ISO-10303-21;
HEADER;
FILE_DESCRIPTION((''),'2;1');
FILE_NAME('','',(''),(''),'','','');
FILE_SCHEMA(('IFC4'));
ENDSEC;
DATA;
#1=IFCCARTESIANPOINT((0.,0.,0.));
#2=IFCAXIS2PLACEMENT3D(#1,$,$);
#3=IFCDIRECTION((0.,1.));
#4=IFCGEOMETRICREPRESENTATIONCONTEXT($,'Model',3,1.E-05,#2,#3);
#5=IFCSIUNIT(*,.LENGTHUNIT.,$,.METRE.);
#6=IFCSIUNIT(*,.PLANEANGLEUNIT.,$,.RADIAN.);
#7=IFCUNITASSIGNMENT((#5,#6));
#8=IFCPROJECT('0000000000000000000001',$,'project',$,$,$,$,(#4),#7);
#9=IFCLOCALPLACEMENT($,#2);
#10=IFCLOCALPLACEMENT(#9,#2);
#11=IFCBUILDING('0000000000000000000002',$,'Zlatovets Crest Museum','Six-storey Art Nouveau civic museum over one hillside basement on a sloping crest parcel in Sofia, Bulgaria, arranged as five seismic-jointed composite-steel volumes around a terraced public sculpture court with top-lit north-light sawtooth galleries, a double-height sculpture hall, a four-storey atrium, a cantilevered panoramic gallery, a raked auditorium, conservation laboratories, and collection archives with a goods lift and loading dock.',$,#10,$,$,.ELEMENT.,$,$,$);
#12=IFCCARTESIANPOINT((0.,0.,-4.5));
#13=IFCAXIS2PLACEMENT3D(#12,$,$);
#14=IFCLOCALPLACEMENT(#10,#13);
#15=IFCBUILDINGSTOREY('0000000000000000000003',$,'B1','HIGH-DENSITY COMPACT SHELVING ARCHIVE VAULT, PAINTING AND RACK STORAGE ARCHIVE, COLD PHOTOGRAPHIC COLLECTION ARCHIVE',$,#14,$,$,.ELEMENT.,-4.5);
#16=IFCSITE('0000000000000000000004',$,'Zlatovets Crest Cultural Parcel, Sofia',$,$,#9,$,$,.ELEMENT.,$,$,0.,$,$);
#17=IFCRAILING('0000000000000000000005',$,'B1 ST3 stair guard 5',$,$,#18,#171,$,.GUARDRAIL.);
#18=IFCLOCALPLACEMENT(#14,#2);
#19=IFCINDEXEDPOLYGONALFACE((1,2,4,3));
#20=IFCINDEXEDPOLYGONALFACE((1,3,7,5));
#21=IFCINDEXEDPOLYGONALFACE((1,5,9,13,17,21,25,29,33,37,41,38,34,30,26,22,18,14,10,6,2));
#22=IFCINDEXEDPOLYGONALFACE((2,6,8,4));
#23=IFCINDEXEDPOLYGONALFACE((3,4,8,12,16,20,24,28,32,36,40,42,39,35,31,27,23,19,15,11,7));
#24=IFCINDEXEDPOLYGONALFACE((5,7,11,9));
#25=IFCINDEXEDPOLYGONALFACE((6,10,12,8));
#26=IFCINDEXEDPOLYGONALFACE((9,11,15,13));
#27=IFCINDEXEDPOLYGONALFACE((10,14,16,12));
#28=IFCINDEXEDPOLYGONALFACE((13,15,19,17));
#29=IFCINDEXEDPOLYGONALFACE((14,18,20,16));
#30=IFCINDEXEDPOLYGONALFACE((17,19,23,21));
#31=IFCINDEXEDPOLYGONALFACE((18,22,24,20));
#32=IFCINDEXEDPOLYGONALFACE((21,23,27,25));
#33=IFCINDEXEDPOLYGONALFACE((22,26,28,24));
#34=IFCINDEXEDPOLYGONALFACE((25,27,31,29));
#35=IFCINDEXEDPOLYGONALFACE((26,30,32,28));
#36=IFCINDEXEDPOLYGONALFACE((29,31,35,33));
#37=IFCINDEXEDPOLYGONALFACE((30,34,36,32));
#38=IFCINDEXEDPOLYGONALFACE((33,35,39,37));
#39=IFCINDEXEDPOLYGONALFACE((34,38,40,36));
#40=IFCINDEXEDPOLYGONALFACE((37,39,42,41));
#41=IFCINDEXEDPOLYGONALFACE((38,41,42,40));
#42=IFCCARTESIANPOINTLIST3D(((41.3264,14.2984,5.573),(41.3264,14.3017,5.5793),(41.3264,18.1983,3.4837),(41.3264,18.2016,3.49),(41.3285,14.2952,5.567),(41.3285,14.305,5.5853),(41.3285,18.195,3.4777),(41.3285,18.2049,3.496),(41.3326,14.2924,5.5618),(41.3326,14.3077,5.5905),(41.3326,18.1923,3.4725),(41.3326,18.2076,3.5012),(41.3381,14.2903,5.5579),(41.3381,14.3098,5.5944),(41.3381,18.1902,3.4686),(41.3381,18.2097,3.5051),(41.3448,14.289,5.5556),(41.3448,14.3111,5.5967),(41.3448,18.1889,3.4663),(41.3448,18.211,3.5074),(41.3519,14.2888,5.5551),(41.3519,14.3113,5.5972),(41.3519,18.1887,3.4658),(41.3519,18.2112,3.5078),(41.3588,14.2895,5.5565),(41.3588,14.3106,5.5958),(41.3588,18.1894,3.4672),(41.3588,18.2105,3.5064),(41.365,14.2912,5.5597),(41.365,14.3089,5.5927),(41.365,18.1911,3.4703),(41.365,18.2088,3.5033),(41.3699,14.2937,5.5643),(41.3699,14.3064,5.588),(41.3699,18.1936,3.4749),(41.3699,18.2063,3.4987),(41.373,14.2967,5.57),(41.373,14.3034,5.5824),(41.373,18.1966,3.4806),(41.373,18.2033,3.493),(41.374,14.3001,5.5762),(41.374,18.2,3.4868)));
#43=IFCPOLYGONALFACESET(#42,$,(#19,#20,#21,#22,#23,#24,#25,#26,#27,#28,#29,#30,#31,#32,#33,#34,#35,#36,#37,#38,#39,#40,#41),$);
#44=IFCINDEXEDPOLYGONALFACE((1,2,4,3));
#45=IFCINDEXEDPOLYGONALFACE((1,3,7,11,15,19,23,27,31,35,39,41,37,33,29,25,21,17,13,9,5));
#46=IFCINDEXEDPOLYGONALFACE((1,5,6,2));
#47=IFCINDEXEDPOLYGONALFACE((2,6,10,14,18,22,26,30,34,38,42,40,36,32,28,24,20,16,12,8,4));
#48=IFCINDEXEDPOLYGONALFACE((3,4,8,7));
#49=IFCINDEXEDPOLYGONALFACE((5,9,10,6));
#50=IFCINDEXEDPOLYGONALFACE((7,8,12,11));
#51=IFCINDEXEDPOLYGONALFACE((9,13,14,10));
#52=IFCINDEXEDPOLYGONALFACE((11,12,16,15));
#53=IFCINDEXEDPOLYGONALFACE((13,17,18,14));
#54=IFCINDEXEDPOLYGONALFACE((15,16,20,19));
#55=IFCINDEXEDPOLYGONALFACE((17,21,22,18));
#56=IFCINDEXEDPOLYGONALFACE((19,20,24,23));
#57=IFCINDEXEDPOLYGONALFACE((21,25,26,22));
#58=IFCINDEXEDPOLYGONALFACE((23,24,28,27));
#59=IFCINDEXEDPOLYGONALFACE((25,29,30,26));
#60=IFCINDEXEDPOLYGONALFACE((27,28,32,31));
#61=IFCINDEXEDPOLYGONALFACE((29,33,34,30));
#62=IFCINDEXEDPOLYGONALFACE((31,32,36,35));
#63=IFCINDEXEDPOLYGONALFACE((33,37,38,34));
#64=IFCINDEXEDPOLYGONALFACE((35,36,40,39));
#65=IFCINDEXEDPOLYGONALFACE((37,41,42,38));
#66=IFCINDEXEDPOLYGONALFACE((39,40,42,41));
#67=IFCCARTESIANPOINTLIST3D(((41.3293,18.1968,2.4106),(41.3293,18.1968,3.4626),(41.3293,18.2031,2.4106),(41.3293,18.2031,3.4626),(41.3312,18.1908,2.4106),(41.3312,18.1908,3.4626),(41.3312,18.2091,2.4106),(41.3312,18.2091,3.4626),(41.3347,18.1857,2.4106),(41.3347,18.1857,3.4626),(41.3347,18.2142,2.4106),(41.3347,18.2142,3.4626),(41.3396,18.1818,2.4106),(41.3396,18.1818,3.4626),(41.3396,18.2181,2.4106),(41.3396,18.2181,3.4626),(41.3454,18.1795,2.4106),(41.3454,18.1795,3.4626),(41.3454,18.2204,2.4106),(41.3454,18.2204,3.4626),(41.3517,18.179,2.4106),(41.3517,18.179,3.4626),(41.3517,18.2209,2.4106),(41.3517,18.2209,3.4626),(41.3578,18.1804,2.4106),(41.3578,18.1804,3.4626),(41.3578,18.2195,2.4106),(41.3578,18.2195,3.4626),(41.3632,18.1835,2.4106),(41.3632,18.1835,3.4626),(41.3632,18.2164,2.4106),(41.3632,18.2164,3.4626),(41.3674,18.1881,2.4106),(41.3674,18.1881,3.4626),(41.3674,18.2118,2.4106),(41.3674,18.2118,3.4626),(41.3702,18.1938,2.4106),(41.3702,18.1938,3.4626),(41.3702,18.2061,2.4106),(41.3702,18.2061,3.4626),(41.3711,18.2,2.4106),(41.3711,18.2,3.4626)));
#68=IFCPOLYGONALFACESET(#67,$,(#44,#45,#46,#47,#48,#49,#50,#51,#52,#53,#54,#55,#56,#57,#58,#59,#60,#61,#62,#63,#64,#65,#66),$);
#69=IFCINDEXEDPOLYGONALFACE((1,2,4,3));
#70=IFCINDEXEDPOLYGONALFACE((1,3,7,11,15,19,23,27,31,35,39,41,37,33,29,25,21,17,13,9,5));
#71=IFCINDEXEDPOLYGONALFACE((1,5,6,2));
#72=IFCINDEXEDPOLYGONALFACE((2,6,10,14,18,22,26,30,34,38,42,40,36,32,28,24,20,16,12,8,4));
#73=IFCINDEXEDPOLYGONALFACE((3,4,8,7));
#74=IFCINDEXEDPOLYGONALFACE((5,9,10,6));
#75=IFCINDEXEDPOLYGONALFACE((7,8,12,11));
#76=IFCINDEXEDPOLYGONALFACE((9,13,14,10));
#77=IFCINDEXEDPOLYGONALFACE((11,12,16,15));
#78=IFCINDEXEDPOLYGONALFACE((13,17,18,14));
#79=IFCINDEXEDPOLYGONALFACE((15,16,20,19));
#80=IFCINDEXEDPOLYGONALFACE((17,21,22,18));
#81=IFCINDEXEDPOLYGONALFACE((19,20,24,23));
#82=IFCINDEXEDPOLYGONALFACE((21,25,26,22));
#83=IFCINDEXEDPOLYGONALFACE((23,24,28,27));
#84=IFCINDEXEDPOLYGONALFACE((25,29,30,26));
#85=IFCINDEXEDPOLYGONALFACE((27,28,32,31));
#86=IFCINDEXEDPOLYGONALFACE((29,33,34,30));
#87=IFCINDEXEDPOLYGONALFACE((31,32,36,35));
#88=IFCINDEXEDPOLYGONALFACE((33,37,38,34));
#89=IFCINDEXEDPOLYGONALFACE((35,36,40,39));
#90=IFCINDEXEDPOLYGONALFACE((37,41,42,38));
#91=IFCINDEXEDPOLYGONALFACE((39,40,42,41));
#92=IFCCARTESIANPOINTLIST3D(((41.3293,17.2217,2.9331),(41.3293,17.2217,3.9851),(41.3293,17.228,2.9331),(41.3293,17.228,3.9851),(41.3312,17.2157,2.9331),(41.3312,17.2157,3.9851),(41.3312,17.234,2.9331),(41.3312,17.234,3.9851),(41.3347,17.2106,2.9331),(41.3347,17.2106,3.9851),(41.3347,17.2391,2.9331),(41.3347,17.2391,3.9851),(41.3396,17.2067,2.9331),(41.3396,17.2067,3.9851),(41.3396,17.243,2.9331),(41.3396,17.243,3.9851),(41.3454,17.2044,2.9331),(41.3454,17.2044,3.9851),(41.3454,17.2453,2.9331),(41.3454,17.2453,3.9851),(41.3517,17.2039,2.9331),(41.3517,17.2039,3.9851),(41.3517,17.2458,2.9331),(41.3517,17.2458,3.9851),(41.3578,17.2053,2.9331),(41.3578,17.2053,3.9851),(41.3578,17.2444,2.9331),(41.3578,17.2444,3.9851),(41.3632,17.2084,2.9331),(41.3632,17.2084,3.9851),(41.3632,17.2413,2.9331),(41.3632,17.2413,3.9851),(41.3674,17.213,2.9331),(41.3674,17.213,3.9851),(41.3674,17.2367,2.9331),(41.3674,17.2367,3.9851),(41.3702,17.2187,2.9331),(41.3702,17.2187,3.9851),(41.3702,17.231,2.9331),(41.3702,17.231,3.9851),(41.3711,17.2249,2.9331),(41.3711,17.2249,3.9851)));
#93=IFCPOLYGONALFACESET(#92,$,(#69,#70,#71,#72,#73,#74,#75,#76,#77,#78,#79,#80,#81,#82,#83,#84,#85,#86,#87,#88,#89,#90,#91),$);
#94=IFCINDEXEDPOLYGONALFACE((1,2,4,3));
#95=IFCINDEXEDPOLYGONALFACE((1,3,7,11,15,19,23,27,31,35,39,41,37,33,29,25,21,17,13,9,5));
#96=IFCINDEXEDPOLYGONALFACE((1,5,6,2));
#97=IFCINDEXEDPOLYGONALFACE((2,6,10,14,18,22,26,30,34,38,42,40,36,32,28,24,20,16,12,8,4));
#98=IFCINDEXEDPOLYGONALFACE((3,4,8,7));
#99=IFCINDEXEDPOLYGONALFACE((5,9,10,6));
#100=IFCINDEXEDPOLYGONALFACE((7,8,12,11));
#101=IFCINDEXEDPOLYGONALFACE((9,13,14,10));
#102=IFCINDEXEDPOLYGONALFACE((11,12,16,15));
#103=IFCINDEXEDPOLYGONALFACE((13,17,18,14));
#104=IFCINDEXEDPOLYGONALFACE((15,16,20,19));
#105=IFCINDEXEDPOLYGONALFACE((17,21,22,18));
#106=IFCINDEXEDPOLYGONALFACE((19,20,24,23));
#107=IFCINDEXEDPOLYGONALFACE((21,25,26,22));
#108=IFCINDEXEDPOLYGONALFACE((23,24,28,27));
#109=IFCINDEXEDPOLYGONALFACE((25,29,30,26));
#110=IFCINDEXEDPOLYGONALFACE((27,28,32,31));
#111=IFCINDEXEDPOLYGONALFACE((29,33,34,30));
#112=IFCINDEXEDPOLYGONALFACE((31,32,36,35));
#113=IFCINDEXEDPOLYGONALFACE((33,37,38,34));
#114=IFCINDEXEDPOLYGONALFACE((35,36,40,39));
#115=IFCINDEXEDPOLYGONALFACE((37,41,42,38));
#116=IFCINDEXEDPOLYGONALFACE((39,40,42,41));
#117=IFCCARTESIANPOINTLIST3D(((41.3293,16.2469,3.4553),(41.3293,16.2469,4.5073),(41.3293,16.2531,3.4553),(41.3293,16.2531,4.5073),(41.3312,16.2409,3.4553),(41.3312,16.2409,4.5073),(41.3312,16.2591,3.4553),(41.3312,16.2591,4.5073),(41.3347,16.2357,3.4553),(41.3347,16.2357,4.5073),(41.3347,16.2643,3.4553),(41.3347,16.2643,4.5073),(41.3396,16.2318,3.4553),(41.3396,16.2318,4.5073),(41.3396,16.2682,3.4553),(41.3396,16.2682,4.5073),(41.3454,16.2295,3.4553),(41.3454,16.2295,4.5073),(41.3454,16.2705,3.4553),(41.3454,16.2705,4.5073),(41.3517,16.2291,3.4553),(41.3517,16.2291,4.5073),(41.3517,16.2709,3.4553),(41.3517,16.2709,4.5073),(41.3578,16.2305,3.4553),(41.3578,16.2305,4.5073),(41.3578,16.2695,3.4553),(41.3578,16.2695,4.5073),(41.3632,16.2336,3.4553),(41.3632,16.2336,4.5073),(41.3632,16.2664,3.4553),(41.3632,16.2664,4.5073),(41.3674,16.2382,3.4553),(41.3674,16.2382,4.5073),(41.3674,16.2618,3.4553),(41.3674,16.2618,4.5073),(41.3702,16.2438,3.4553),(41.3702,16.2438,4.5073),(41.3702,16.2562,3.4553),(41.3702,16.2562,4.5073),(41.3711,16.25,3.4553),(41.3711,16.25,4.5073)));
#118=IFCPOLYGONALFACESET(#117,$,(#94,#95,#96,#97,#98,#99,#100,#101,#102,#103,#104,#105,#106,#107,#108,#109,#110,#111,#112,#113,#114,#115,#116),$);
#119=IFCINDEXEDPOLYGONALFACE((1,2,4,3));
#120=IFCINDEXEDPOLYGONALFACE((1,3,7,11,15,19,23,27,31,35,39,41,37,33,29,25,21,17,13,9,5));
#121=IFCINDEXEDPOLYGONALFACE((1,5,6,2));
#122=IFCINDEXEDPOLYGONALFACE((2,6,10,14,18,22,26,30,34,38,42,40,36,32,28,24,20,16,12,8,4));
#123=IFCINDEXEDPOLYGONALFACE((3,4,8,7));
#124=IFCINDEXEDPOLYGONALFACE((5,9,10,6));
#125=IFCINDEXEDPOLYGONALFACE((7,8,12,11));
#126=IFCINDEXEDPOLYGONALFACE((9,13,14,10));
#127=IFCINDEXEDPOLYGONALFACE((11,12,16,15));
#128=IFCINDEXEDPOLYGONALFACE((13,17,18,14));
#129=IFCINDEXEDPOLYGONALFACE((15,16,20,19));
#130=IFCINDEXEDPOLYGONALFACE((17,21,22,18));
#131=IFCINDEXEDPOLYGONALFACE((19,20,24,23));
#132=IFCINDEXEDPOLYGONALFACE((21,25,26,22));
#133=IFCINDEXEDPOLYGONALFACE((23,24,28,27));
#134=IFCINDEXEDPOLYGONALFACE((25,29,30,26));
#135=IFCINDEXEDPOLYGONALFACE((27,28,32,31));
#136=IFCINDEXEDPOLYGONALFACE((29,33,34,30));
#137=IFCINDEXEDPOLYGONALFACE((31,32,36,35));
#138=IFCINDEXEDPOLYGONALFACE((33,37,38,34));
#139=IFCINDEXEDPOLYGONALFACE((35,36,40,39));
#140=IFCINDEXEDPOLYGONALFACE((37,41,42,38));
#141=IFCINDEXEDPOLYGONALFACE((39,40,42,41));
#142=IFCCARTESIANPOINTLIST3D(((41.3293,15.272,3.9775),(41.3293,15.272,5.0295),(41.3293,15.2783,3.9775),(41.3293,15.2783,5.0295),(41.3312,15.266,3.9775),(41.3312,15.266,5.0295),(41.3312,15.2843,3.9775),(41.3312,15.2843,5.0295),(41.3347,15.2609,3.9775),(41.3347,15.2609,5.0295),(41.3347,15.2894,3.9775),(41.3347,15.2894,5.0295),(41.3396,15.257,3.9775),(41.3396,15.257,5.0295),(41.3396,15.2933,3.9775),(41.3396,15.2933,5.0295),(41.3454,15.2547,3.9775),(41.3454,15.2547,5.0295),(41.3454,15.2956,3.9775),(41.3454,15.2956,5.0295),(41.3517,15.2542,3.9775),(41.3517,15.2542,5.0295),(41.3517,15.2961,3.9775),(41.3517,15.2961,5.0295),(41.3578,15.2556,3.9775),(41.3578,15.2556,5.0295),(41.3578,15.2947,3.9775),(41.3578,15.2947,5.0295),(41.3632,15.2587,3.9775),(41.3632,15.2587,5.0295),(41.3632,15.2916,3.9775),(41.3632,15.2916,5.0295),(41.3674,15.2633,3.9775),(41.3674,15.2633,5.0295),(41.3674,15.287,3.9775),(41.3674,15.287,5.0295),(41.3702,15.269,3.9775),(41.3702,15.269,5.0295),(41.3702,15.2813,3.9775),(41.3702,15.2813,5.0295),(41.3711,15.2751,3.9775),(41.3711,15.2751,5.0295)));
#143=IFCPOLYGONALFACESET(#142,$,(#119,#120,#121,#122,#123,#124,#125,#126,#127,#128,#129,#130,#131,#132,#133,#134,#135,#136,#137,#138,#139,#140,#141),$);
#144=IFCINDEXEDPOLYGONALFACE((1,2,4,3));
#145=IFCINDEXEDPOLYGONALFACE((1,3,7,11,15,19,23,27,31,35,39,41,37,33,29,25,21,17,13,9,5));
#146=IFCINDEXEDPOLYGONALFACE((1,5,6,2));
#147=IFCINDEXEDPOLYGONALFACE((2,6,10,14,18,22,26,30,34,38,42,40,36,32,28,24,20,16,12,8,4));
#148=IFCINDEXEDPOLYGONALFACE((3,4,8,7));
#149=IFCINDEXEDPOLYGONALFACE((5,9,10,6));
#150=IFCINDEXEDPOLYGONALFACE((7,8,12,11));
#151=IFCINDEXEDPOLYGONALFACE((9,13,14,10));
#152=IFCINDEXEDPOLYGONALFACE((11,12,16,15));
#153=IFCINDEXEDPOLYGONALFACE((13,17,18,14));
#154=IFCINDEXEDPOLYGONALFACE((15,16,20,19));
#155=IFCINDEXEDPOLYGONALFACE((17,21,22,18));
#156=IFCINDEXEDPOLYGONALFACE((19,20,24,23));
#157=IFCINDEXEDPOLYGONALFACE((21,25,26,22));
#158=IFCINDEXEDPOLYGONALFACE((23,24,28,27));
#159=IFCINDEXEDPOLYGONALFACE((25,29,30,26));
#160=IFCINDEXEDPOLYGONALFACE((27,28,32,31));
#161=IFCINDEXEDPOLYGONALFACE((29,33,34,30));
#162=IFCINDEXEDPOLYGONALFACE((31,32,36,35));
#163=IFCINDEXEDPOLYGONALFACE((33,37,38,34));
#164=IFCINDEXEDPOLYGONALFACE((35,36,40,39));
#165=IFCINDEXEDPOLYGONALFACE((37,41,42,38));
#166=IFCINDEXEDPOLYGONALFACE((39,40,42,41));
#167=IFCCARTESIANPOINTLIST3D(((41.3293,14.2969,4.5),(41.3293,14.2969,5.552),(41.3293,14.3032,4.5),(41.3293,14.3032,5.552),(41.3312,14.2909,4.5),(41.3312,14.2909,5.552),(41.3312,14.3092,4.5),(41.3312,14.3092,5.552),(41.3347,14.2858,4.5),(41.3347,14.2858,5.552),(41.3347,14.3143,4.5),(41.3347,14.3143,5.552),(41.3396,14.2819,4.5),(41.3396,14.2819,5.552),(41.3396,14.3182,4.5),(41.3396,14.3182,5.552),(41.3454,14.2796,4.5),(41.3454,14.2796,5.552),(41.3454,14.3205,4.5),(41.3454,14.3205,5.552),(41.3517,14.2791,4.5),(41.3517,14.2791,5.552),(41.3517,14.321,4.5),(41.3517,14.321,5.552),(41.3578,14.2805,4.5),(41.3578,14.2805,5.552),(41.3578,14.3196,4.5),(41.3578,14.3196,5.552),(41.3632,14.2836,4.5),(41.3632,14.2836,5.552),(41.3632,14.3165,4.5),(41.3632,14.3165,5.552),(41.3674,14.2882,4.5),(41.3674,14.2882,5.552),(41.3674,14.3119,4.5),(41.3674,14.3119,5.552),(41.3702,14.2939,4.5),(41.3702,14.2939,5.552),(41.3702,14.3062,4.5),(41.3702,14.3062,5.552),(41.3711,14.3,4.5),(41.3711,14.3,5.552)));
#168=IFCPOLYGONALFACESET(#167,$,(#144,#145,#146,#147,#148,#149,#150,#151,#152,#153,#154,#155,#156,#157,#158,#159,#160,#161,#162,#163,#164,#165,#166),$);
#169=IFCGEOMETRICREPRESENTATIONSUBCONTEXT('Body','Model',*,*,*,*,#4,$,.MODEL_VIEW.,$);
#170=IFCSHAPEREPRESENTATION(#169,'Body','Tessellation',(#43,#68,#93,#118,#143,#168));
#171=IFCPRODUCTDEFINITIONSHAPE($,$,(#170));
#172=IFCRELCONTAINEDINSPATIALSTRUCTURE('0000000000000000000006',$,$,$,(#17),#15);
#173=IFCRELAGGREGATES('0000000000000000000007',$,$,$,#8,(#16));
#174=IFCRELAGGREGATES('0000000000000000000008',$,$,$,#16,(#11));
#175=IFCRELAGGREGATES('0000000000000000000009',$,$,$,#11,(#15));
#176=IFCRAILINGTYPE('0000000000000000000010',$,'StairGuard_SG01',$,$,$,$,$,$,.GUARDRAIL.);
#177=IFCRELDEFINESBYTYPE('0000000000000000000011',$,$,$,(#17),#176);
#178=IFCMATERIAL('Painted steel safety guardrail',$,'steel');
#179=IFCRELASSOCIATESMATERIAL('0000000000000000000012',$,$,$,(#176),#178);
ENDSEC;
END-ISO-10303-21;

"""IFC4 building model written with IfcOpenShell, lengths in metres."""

from ifc_helpers import new_model, si_unit, direction, frame, origin, origin_2d, place, context, subcontext, project, spatial, circle, extrude, material, type_object, element, save


model = new_model("IFC4")

# Units and contexts
model_context = context("Model", 3, precision=1e-05, world=origin(), true_north=direction((0.0, 1.0)))
body_context = subcontext(model_context, "Body", "Model", "MODEL_VIEW")
ifc_project = project(units=[si_unit("LENGTHUNIT", "METRE"), si_unit("PLANEANGLEUNIT", "RADIAN")], contexts=[model_context])

# Site, building, storey
site_placement = place(None, origin())
site = spatial("IfcSite", under=ifc_project, at=site_placement, Name="Zlatovets Crest Cultural Parcel, Sofia", CompositionType="ELEMENT", RefElevation=0.0)
building_placement = place(site_placement, origin())
building = spatial("IfcBuilding", under=site, at=building_placement, Name="Zlatovets Crest Museum", Description="Six-storey Art Nouveau civic museum over one hillside basement on a sloping crest parcel in Sofia, Bulgaria, arranged as five seismic-jointed composite-steel volumes around a terraced public sculpture court with top-lit north-light sawtooth galleries, a double-height sculpture hall, a four-storey atrium, a cantilevered panoramic gallery, a raked auditorium, conservation laboratories, and collection archives with a goods lift and loading dock.", CompositionType="ELEMENT")
storey_placement = place(building_placement, frame((0.0, 0.0, -4.5)))
storey = spatial("IfcBuildingStorey", under=building, at=storey_placement, Name="B1", Description="HIGH-DENSITY COMPACT SHELVING ARCHIVE VAULT, PAINTING AND RACK STORAGE ARCHIVE, COLD PHOTOGRAPHIC COLLECTION ARCHIVE", CompositionType="ELEMENT", Elevation=-4.5)

# Railing
ifc_material_1 = material(Name="Painted steel safety guardrail", Category="steel")
railing_type_1 = type_object("IfcRailingType", Name="StairGuard_SG01", PredefinedType="GUARDRAIL", material=ifc_material_1)
railing_1_placement = place(storey_placement, frame((41.3501, 18.2, 2.4106)))
element("IfcRailing", 1, at=railing_1_placement, inside=storey, type_object=railing_type_1, Name="B1 ST3 stair guard 5", PredefinedType="GUARDRAIL", context=body_context, shape_type="SweptSolid", body=[
    extrude(circle(Radius=0.0239, at=origin_2d()), frame((0.0, 0.0, 1.0762), z_axis=(0.0, -0.881468, 0.472243), x_axis=(1.0, 0.0, 0.0)), (0.0, 0.0, 1.0), 4.4243),
    extrude(circle(Radius=0.021, at=origin_2d()), origin(), (0.0, 0.0, 1.0), 1.052),
    extrude(circle(Radius=0.021, at=origin_2d()), frame((0.0, -0.9751, 0.5225)), (0.0, 0.0, 1.0), 1.052),
    extrude(circle(Radius=0.021, at=origin_2d()), frame((0.0, -1.95, 1.0447)), (0.0, 0.0, 1.0), 1.052),
    extrude(circle(Radius=0.021, at=origin_2d()), frame((0.0, -2.9248, 1.5669)), (0.0, 0.0, 1.0), 1.052),
    extrude(circle(Radius=0.021, at=origin_2d()), frame((0.0, -3.8999, 2.0894)), (0.0, 0.0, 1.0), 1.052),
])

save(model, "model.ifc")
